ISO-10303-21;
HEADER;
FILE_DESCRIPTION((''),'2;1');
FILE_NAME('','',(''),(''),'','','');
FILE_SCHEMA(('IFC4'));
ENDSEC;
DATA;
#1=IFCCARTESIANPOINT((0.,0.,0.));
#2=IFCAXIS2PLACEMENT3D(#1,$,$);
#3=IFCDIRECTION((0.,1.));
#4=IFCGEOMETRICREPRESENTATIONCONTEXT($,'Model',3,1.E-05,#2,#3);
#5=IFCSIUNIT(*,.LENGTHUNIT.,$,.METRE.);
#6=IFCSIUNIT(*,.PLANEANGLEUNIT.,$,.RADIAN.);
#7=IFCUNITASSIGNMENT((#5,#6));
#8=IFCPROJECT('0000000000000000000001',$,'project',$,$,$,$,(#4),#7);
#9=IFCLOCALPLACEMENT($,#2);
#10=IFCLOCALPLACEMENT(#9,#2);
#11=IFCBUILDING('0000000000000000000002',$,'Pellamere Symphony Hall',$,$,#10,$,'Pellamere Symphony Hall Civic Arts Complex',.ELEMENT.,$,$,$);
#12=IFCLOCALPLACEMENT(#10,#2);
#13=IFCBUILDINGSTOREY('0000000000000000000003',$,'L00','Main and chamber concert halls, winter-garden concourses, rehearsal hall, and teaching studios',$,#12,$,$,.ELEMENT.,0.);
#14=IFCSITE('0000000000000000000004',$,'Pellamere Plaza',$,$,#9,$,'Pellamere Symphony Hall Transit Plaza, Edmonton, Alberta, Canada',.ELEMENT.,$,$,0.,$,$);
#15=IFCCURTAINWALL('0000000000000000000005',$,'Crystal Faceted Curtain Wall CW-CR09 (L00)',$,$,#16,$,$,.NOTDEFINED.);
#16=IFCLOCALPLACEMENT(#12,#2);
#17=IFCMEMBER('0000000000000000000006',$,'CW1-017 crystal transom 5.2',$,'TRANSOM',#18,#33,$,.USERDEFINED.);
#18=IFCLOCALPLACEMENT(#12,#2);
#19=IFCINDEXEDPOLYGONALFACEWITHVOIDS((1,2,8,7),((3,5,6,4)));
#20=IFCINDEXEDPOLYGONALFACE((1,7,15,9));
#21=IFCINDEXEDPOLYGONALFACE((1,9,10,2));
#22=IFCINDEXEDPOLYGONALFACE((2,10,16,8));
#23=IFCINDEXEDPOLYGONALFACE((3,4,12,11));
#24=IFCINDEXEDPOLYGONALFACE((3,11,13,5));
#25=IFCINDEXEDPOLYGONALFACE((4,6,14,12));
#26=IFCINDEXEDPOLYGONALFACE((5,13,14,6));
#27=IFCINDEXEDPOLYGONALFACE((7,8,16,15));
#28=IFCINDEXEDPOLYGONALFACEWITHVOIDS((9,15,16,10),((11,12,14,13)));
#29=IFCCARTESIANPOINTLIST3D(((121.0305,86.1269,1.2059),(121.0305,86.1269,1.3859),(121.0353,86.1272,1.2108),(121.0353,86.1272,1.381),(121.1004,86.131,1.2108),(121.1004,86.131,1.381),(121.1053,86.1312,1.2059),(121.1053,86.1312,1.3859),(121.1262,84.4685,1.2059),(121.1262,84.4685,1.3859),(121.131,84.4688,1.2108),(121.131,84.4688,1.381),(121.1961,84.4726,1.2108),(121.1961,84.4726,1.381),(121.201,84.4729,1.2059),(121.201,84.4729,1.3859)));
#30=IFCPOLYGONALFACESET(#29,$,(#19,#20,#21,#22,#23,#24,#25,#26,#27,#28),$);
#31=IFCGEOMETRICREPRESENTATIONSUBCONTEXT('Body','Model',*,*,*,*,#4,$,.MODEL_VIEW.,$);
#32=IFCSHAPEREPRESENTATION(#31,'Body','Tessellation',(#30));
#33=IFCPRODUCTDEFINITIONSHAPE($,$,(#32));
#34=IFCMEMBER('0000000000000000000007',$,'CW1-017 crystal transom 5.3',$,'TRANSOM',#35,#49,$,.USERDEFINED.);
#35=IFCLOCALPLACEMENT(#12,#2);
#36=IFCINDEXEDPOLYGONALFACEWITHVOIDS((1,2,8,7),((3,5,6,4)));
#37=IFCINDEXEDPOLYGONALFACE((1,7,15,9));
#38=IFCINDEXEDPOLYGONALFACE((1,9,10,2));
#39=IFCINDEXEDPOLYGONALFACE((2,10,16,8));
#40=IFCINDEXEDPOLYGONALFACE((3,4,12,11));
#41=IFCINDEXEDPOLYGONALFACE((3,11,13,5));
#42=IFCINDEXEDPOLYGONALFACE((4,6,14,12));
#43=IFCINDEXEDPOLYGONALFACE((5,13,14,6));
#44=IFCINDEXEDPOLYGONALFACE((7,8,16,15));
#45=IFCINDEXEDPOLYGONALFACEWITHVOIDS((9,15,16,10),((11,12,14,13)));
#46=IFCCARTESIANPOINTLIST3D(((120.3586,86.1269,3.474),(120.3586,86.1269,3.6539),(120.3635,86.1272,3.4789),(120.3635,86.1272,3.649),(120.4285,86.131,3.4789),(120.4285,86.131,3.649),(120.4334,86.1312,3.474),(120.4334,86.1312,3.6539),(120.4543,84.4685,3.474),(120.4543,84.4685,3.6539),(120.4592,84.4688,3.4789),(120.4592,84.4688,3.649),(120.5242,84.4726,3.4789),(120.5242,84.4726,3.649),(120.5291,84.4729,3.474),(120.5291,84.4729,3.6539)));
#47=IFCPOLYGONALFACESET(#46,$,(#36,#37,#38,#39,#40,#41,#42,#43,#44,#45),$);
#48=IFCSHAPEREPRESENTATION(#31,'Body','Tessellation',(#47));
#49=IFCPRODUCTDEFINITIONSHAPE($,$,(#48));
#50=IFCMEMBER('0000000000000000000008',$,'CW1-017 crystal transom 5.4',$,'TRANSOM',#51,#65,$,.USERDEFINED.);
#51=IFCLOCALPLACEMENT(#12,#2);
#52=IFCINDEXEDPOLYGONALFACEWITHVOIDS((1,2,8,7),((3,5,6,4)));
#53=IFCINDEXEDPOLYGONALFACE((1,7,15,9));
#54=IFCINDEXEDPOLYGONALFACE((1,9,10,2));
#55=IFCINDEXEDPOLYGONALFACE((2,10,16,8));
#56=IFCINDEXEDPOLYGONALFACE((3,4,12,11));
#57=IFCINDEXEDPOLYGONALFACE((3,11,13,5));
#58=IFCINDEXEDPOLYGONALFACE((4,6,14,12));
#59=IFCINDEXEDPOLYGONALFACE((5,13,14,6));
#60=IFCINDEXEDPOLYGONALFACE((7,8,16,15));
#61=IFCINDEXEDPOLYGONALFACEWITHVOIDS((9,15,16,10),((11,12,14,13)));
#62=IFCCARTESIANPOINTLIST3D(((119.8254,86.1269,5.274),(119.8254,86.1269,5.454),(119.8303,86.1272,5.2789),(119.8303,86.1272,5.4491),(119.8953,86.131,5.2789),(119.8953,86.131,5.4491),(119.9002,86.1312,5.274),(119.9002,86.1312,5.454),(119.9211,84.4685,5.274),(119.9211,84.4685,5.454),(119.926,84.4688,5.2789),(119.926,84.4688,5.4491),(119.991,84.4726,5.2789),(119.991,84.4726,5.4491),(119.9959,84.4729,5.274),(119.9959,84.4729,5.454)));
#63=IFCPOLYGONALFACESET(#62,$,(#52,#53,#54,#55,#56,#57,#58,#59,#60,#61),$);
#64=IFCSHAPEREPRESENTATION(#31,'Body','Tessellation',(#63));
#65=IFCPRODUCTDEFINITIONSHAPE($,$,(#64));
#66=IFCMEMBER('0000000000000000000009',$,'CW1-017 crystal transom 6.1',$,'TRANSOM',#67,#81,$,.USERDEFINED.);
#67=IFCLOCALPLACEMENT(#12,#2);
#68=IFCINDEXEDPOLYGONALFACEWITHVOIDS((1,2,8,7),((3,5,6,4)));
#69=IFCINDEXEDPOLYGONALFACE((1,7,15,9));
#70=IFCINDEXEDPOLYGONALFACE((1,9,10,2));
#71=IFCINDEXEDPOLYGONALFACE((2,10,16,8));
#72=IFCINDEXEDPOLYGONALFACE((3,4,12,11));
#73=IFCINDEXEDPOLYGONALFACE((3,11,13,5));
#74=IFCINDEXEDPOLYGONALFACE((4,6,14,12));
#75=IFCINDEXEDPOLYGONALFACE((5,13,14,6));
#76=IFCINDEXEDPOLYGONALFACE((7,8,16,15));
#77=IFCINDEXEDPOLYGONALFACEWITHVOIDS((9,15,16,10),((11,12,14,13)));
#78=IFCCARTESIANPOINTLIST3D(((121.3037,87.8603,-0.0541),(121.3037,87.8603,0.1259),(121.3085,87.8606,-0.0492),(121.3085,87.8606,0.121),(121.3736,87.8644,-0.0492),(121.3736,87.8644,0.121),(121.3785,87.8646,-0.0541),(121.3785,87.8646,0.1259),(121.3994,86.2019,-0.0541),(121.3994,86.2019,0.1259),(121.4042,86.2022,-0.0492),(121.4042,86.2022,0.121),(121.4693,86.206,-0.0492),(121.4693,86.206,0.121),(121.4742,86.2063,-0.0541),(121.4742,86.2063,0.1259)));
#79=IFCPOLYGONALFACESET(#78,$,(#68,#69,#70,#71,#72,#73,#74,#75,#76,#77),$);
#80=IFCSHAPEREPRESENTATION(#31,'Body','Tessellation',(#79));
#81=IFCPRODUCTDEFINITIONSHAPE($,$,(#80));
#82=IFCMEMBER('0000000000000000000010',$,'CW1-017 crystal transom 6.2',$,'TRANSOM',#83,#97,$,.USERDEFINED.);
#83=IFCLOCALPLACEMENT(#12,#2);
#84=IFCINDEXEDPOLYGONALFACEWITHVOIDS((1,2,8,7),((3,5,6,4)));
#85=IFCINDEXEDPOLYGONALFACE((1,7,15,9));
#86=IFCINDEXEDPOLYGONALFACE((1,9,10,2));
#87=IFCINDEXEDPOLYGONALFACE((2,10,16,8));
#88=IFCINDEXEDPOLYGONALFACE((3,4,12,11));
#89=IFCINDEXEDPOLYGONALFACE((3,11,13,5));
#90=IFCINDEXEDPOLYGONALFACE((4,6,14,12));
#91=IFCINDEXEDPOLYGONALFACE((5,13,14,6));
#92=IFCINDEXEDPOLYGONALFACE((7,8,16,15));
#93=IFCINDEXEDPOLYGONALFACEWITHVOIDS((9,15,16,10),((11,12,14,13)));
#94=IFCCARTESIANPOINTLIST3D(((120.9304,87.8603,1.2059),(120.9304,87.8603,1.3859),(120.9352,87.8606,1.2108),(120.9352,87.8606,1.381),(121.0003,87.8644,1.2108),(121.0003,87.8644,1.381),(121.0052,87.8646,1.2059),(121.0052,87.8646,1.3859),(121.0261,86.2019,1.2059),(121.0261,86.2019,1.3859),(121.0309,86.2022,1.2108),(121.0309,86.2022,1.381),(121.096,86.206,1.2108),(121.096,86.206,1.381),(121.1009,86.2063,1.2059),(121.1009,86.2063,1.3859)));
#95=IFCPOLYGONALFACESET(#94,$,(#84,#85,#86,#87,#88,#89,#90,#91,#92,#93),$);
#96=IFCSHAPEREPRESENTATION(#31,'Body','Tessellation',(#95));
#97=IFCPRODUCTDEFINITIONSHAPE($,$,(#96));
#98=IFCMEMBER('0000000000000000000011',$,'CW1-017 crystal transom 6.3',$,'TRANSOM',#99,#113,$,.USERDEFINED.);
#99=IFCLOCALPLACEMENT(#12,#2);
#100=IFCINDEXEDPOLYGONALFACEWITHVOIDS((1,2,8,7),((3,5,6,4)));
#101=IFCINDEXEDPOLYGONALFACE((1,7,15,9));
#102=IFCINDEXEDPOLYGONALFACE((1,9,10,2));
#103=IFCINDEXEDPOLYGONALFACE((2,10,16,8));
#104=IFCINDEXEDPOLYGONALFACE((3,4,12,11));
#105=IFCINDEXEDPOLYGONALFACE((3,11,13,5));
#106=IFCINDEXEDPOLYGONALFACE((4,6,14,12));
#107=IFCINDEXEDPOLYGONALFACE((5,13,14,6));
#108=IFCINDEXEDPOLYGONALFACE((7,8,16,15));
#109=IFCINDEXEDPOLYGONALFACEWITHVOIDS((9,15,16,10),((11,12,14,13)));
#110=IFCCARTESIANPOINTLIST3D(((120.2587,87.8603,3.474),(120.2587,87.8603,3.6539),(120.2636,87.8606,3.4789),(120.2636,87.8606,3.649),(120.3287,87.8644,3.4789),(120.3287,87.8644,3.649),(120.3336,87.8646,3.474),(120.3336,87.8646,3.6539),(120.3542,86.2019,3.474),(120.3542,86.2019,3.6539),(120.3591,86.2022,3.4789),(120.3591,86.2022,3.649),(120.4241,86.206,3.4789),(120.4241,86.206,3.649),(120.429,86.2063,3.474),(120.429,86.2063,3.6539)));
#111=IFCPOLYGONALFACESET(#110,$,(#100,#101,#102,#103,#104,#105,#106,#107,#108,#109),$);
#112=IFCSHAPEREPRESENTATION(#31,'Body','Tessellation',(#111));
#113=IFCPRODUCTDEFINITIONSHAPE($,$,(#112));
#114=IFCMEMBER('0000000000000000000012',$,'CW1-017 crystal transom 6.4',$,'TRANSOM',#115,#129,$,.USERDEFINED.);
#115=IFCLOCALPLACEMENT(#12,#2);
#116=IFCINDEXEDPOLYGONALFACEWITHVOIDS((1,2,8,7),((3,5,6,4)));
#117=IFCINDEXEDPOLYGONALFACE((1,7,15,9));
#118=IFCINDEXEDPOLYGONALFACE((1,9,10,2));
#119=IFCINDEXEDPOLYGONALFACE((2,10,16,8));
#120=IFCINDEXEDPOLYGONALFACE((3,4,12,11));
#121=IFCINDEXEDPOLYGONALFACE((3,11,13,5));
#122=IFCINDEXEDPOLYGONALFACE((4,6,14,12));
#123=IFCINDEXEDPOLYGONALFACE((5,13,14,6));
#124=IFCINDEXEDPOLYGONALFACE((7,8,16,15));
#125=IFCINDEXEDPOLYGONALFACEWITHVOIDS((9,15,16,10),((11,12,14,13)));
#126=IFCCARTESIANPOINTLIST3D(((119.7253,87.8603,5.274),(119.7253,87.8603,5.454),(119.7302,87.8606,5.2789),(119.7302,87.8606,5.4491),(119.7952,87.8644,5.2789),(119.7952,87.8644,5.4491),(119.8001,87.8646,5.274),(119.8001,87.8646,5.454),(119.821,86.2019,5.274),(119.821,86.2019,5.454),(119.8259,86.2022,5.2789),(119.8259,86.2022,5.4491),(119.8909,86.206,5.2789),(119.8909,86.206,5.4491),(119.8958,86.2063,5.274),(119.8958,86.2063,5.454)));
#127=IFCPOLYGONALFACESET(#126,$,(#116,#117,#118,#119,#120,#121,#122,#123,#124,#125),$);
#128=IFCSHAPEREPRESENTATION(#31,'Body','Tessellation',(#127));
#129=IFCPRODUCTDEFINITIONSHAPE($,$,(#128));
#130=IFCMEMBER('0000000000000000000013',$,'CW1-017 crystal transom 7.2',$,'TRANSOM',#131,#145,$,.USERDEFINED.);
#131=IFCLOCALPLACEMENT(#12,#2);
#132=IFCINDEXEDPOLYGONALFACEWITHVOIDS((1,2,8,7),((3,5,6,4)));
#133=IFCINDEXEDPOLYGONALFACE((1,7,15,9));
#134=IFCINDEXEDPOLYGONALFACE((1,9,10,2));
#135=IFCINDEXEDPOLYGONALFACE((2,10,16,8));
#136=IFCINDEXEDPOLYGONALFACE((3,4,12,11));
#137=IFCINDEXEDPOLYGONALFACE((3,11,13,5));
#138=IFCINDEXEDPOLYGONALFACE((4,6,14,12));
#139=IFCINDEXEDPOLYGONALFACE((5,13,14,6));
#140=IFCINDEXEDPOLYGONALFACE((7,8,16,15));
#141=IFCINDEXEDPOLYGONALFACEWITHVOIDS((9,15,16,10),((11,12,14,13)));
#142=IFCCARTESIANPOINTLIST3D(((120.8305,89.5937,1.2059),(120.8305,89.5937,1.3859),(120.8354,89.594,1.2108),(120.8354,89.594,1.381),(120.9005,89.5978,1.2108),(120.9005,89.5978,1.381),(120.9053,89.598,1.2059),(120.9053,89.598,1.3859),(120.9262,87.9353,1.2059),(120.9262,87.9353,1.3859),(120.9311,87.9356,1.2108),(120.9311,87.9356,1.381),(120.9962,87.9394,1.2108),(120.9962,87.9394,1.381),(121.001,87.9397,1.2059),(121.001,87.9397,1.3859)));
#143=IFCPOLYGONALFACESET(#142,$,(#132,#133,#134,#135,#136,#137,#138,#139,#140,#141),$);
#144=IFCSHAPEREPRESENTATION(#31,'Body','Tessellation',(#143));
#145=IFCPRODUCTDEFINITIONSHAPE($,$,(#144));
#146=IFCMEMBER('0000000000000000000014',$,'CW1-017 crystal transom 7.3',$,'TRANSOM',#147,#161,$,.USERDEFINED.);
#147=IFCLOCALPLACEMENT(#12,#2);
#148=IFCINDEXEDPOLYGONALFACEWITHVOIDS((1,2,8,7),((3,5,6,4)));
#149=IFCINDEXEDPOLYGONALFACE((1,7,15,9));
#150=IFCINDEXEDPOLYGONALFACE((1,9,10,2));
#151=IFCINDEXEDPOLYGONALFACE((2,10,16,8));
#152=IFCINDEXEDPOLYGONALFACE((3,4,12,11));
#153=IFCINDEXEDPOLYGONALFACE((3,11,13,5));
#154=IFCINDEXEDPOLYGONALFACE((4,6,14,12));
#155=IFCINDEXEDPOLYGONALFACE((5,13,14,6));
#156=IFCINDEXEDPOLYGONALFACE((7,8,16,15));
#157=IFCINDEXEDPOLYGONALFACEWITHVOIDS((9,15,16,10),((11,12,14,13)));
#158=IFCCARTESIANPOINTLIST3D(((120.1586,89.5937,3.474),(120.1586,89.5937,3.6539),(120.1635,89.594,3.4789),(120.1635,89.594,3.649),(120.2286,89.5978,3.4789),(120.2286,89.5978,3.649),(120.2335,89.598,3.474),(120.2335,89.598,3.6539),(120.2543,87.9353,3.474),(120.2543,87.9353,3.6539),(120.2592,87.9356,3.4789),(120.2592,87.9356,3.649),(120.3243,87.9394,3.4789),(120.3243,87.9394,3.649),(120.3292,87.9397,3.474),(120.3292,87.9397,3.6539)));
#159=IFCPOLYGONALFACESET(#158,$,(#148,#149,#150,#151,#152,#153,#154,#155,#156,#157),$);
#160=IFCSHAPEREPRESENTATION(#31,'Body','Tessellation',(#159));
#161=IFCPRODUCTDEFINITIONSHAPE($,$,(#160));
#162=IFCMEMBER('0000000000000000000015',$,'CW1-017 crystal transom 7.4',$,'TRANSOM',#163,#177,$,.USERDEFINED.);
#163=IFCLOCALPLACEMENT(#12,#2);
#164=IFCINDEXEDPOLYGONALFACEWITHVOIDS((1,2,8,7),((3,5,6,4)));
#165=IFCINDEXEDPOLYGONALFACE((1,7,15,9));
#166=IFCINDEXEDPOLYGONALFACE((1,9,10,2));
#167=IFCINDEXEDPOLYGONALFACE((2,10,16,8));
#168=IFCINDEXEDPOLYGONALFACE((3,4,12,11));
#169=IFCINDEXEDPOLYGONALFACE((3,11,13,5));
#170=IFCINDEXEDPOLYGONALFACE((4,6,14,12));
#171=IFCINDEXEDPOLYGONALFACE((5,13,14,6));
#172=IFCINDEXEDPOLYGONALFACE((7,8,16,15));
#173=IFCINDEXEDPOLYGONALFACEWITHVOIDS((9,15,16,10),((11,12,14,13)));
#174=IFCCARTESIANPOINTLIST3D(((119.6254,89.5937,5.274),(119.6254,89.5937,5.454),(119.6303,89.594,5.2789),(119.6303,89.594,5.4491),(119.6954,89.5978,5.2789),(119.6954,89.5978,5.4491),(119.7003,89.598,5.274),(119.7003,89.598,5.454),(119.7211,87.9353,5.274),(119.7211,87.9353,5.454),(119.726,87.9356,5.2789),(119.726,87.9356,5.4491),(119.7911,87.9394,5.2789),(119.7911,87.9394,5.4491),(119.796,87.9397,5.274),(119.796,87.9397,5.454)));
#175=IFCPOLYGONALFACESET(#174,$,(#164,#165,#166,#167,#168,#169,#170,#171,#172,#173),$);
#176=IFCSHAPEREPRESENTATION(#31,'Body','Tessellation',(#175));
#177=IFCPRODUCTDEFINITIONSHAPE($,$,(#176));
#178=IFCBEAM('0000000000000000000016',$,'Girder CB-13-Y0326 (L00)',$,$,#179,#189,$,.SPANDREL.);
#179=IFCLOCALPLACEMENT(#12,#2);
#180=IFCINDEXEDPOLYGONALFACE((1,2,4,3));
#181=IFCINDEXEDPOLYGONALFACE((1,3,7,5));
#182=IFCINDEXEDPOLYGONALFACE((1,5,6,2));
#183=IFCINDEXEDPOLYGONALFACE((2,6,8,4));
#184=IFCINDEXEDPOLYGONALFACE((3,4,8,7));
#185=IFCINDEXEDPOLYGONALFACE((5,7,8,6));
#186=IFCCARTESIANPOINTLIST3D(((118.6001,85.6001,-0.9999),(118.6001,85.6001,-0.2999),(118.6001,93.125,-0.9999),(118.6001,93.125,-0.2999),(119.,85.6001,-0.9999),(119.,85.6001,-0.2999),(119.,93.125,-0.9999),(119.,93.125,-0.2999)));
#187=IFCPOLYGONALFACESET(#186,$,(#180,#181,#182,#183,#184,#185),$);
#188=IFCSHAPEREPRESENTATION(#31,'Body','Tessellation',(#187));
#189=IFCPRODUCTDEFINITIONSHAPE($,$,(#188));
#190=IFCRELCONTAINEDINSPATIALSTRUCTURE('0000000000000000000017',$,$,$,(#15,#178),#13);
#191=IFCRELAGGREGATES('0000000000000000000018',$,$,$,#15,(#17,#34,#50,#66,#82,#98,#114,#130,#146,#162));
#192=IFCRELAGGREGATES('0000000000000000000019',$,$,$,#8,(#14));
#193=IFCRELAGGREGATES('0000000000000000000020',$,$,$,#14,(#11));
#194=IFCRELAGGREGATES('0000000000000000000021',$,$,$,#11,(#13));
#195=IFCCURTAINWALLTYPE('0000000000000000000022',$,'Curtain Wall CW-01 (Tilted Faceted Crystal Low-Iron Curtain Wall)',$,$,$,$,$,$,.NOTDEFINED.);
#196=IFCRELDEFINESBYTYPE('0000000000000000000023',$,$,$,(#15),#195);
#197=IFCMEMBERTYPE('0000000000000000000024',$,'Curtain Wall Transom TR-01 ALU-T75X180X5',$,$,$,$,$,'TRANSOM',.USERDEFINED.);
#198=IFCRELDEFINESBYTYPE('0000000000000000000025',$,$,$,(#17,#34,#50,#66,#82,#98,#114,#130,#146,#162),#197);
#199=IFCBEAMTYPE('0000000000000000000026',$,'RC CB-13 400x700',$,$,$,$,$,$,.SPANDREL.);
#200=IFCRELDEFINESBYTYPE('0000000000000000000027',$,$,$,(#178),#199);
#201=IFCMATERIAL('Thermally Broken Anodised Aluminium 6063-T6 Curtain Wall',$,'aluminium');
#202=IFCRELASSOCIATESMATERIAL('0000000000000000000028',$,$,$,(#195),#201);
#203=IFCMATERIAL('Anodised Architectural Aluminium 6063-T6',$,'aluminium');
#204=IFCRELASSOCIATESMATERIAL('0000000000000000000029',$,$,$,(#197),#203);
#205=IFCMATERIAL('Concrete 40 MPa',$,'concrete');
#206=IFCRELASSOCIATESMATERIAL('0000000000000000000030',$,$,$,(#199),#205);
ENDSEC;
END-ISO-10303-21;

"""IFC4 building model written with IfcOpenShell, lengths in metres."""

from ifc_helpers import new_model, si_unit, direction, frame, origin, origin_2d, place, context, subcontext, project, spatial, rectangle, hollow_rectangle, extrude, material, material_profile, profile_set, type_object, element, aggregate, save


model = new_model("IFC4")

# Units and contexts
model_context = context("Model", 3, precision=1e-05, world=origin(), true_north=direction((0.0, 1.0)))
body_context = subcontext(model_context, "Body", "Model", "MODEL_VIEW")
ifc_project = project(units=[si_unit("LENGTHUNIT", "METRE"), si_unit("PLANEANGLEUNIT", "RADIAN")], contexts=[model_context])

# Site, building, storey
site_placement = place(None, origin())
site = spatial("IfcSite", under=ifc_project, at=site_placement, Name="Pellamere Plaza", LongName="Pellamere Symphony Hall Transit Plaza, Edmonton, Alberta, Canada", CompositionType="ELEMENT", RefElevation=0.0)
building_placement = place(site_placement, origin())
building = spatial("IfcBuilding", under=site, at=building_placement, Name="Pellamere Symphony Hall", LongName="Pellamere Symphony Hall Civic Arts Complex", CompositionType="ELEMENT")
storey_placement = place(building_placement, origin())
storey = spatial("IfcBuildingStorey", under=building, at=storey_placement, Name="L00", Description="Main and chamber concert halls, winter-garden concourses, rehearsal hall, and teaching studios", CompositionType="ELEMENT", Elevation=0.0)

# Shared definitions
ifc_material_1 = material(Name="Concrete 40 MPa", Category="concrete")

# Curtain wall, members
ifc_material_2 = material(Name="Thermally Broken Anodised Aluminium 6063-T6 Curtain Wall", Category="aluminium")
curtain_wall_type = type_object("IfcCurtainWallType", Name="Curtain Wall CW-01 (Tilted Faceted Crystal Low-Iron Curtain Wall)", PredefinedType="NOTDEFINED", material=ifc_material_2)
curtain_wall_placement = place(storey_placement, origin())
curtain_wall = element("IfcCurtainWall", 1, at=curtain_wall_placement, inside=storey, type_object=curtain_wall_type, Name="Crystal Faceted Curtain Wall CW-CR09 (L00)", PredefinedType="NOTDEFINED")
ifc_material_3 = material(Name="Anodised Architectural Aluminium 6063-T6", Category="aluminium")
ifc_material_profile_1 = material_profile(ifc_material_3, hollow_rectangle(XDim=0.075, YDim=0.1799, WallThickness=0.0049, at=origin_2d()), Name="ALU-T75X180X5")
ifc_profile_set_1 = profile_set([ifc_material_profile_1], Name="Anodised Architectural Aluminium 6063-T6")
member_type_1 = type_object("IfcMemberType", Name="Curtain Wall Transom TR-01 ALU-T75X180X5", ElementType="TRANSOM", PredefinedType="USERDEFINED", material=ifc_profile_set_1)
member_1_placement = place(storey_placement, frame((121.1636, 84.4707, 1.2959), z_axis=(-0.057611, 0.998339, 0.0), x_axis=(-0.998339, -0.057611, 0.0)))
member_1 = element("IfcMember", 2, at=member_1_placement, type_object=member_type_1, Name="CW1-017 crystal transom 5.2", ObjectType="TRANSOM", PredefinedType="USERDEFINED", context=body_context, shape_type="SweptSolid", body=[
    extrude(hollow_rectangle(XDim=0.075, YDim=0.1799, WallThickness=0.0049, at=origin_2d()), origin(), (0.0, 0.0, 1.0), 1.6611),
])
member_2_placement = place(storey_placement, frame((120.4917, 84.4707, 3.564), z_axis=(-0.057611, 0.998339, 0.0), x_axis=(-0.998339, -0.057611, 0.0)))
member_2 = element("IfcMember", 3, at=member_2_placement, type_object=member_type_1, Name="CW1-017 crystal transom 5.3", ObjectType="TRANSOM", PredefinedType="USERDEFINED", context=body_context, shape_type="SweptSolid", body=[
    extrude(hollow_rectangle(XDim=0.075, YDim=0.1799, WallThickness=0.0049, at=origin_2d()), origin(), (0.0, 0.0, 1.0), 1.6611),
])
member_3_placement = place(storey_placement, frame((119.9585, 84.4707, 5.364), z_axis=(-0.057611, 0.998339, 0.0), x_axis=(-0.998339, -0.057611, 0.0)))
member_3 = element("IfcMember", 4, at=member_3_placement, type_object=member_type_1, Name="CW1-017 crystal transom 5.4", ObjectType="TRANSOM", PredefinedType="USERDEFINED", context=body_context, shape_type="SweptSolid", body=[
    extrude(hollow_rectangle(XDim=0.075, YDim=0.1799, WallThickness=0.0049, at=origin_2d()), origin(), (0.0, 0.0, 1.0), 1.6611),
])
member_4_placement = place(storey_placement, frame((121.4368, 86.2041, 0.0359), z_axis=(-0.057611, 0.998339, 0.0), x_axis=(-0.998339, -0.057611, 0.0)))
member_4 = element("IfcMember", 5, at=member_4_placement, type_object=member_type_1, Name="CW1-017 crystal transom 6.1", ObjectType="TRANSOM", PredefinedType="USERDEFINED", context=body_context, shape_type="SweptSolid", body=[
    extrude(hollow_rectangle(XDim=0.075, YDim=0.1799, WallThickness=0.0049, at=origin_2d()), origin(), (0.0, 0.0, 1.0), 1.6611),
])
member_5_placement = place(storey_placement, frame((121.0635, 86.2041, 1.2959), z_axis=(-0.057611, 0.998339, 0.0), x_axis=(-0.998339, -0.057611, 0.0)))
member_5 = element("IfcMember", 6, at=member_5_placement, type_object=member_type_1, Name="CW1-017 crystal transom 6.2", ObjectType="TRANSOM", PredefinedType="USERDEFINED", context=body_context, shape_type="SweptSolid", body=[
    extrude(hollow_rectangle(XDim=0.075, YDim=0.1799, WallThickness=0.0049, at=origin_2d()), origin(), (0.0, 0.0, 1.0), 1.6611),
])
member_6_placement = place(storey_placement, frame((120.3916, 86.2041, 3.564), z_axis=(-0.057464, 0.998348, 0.0), x_axis=(-0.998348, -0.057464, 0.0)))
member_6 = element("IfcMember", 7, at=member_6_placement, type_object=member_type_1, Name="CW1-017 crystal transom 6.3", ObjectType="TRANSOM", PredefinedType="USERDEFINED", context=body_context, shape_type="SweptSolid", body=[
    extrude(hollow_rectangle(XDim=0.075, YDim=0.1799, WallThickness=0.0049, at=origin_2d()), origin(), (0.0, 0.0, 1.0), 1.6611),
])
member_7_placement = place(storey_placement, frame((119.8584, 86.2041, 5.364), z_axis=(-0.057611, 0.998339, 0.0), x_axis=(-0.998339, -0.057611, 0.0)))
member_7 = element("IfcMember", 8, at=member_7_placement, type_object=member_type_1, Name="CW1-017 crystal transom 6.4", ObjectType="TRANSOM", PredefinedType="USERDEFINED", context=body_context, shape_type="SweptSolid", body=[
    extrude(hollow_rectangle(XDim=0.075, YDim=0.1799, WallThickness=0.0049, at=origin_2d()), origin(), (0.0, 0.0, 1.0), 1.6611),
])
member_8_placement = place(storey_placement, frame((120.9636, 87.9375, 1.2959), z_axis=(-0.057611, 0.998339, 0.0), x_axis=(-0.998339, -0.057611, 0.0)))
member_8 = element("IfcMember", 9, at=member_8_placement, type_object=member_type_1, Name="CW1-017 crystal transom 7.2", ObjectType="TRANSOM", PredefinedType="USERDEFINED", context=body_context, shape_type="SweptSolid", body=[
    extrude(hollow_rectangle(XDim=0.075, YDim=0.1799, WallThickness=0.0049, at=origin_2d()), origin(), (0.0, 0.0, 1.0), 1.6611),
])
member_9_placement = place(storey_placement, frame((120.2917, 87.9375, 3.564), z_axis=(-0.057611, 0.998339, 0.0), x_axis=(-0.998339, -0.057611, 0.0)))
member_9 = element("IfcMember", 10, at=member_9_placement, type_object=member_type_1, Name="CW1-017 crystal transom 7.3", ObjectType="TRANSOM", PredefinedType="USERDEFINED", context=body_context, shape_type="SweptSolid", body=[
    extrude(hollow_rectangle(XDim=0.075, YDim=0.1799, WallThickness=0.0049, at=origin_2d()), origin(), (0.0, 0.0, 1.0), 1.6611),
])
member_10_placement = place(storey_placement, frame((119.7585, 87.9375, 5.364), z_axis=(-0.057611, 0.998339, 0.0), x_axis=(-0.998339, -0.057611, 0.0)))
member_10 = element("IfcMember", 11, at=member_10_placement, type_object=member_type_1, Name="CW1-017 crystal transom 7.4", ObjectType="TRANSOM", PredefinedType="USERDEFINED", context=body_context, shape_type="SweptSolid", body=[
    extrude(hollow_rectangle(XDim=0.075, YDim=0.1799, WallThickness=0.0049, at=origin_2d()), origin(), (0.0, 0.0, 1.0), 1.6611),
])

# Beam
ifc_material_profile_2 = material_profile(ifc_material_1, rectangle(XDim=0.3999, YDim=0.7, at=origin_2d()), Name="RC 400x700")
ifc_profile_set_2 = profile_set([ifc_material_profile_2], Name="Concrete 40 MPa")
beam_type = type_object("IfcBeamType", Name="RC CB-13 400x700", PredefinedType="SPANDREL", material=ifc_profile_set_2)
beam_placement = place(storey_placement, frame((118.8, 85.6001, -0.6499), z_axis=(0.0, 1.0, 0.0), x_axis=(-1.0, 0.0, 0.0)))
element("IfcBeam", 12, at=beam_placement, inside=storey, type_object=beam_type, Name="Girder CB-13-Y0326 (L00)", PredefinedType="SPANDREL", context=body_context, shape_type="SweptSolid", body=[
    extrude(rectangle(XDim=0.3999, YDim=0.7, at=origin_2d()), origin(), (0.0, 0.0, 1.0), 7.5249),
])

aggregate(curtain_wall, [member_1, member_2, member_3, member_4, member_5, member_6, member_7, member_8, member_9, member_10])

save(model, "model.ifc")
